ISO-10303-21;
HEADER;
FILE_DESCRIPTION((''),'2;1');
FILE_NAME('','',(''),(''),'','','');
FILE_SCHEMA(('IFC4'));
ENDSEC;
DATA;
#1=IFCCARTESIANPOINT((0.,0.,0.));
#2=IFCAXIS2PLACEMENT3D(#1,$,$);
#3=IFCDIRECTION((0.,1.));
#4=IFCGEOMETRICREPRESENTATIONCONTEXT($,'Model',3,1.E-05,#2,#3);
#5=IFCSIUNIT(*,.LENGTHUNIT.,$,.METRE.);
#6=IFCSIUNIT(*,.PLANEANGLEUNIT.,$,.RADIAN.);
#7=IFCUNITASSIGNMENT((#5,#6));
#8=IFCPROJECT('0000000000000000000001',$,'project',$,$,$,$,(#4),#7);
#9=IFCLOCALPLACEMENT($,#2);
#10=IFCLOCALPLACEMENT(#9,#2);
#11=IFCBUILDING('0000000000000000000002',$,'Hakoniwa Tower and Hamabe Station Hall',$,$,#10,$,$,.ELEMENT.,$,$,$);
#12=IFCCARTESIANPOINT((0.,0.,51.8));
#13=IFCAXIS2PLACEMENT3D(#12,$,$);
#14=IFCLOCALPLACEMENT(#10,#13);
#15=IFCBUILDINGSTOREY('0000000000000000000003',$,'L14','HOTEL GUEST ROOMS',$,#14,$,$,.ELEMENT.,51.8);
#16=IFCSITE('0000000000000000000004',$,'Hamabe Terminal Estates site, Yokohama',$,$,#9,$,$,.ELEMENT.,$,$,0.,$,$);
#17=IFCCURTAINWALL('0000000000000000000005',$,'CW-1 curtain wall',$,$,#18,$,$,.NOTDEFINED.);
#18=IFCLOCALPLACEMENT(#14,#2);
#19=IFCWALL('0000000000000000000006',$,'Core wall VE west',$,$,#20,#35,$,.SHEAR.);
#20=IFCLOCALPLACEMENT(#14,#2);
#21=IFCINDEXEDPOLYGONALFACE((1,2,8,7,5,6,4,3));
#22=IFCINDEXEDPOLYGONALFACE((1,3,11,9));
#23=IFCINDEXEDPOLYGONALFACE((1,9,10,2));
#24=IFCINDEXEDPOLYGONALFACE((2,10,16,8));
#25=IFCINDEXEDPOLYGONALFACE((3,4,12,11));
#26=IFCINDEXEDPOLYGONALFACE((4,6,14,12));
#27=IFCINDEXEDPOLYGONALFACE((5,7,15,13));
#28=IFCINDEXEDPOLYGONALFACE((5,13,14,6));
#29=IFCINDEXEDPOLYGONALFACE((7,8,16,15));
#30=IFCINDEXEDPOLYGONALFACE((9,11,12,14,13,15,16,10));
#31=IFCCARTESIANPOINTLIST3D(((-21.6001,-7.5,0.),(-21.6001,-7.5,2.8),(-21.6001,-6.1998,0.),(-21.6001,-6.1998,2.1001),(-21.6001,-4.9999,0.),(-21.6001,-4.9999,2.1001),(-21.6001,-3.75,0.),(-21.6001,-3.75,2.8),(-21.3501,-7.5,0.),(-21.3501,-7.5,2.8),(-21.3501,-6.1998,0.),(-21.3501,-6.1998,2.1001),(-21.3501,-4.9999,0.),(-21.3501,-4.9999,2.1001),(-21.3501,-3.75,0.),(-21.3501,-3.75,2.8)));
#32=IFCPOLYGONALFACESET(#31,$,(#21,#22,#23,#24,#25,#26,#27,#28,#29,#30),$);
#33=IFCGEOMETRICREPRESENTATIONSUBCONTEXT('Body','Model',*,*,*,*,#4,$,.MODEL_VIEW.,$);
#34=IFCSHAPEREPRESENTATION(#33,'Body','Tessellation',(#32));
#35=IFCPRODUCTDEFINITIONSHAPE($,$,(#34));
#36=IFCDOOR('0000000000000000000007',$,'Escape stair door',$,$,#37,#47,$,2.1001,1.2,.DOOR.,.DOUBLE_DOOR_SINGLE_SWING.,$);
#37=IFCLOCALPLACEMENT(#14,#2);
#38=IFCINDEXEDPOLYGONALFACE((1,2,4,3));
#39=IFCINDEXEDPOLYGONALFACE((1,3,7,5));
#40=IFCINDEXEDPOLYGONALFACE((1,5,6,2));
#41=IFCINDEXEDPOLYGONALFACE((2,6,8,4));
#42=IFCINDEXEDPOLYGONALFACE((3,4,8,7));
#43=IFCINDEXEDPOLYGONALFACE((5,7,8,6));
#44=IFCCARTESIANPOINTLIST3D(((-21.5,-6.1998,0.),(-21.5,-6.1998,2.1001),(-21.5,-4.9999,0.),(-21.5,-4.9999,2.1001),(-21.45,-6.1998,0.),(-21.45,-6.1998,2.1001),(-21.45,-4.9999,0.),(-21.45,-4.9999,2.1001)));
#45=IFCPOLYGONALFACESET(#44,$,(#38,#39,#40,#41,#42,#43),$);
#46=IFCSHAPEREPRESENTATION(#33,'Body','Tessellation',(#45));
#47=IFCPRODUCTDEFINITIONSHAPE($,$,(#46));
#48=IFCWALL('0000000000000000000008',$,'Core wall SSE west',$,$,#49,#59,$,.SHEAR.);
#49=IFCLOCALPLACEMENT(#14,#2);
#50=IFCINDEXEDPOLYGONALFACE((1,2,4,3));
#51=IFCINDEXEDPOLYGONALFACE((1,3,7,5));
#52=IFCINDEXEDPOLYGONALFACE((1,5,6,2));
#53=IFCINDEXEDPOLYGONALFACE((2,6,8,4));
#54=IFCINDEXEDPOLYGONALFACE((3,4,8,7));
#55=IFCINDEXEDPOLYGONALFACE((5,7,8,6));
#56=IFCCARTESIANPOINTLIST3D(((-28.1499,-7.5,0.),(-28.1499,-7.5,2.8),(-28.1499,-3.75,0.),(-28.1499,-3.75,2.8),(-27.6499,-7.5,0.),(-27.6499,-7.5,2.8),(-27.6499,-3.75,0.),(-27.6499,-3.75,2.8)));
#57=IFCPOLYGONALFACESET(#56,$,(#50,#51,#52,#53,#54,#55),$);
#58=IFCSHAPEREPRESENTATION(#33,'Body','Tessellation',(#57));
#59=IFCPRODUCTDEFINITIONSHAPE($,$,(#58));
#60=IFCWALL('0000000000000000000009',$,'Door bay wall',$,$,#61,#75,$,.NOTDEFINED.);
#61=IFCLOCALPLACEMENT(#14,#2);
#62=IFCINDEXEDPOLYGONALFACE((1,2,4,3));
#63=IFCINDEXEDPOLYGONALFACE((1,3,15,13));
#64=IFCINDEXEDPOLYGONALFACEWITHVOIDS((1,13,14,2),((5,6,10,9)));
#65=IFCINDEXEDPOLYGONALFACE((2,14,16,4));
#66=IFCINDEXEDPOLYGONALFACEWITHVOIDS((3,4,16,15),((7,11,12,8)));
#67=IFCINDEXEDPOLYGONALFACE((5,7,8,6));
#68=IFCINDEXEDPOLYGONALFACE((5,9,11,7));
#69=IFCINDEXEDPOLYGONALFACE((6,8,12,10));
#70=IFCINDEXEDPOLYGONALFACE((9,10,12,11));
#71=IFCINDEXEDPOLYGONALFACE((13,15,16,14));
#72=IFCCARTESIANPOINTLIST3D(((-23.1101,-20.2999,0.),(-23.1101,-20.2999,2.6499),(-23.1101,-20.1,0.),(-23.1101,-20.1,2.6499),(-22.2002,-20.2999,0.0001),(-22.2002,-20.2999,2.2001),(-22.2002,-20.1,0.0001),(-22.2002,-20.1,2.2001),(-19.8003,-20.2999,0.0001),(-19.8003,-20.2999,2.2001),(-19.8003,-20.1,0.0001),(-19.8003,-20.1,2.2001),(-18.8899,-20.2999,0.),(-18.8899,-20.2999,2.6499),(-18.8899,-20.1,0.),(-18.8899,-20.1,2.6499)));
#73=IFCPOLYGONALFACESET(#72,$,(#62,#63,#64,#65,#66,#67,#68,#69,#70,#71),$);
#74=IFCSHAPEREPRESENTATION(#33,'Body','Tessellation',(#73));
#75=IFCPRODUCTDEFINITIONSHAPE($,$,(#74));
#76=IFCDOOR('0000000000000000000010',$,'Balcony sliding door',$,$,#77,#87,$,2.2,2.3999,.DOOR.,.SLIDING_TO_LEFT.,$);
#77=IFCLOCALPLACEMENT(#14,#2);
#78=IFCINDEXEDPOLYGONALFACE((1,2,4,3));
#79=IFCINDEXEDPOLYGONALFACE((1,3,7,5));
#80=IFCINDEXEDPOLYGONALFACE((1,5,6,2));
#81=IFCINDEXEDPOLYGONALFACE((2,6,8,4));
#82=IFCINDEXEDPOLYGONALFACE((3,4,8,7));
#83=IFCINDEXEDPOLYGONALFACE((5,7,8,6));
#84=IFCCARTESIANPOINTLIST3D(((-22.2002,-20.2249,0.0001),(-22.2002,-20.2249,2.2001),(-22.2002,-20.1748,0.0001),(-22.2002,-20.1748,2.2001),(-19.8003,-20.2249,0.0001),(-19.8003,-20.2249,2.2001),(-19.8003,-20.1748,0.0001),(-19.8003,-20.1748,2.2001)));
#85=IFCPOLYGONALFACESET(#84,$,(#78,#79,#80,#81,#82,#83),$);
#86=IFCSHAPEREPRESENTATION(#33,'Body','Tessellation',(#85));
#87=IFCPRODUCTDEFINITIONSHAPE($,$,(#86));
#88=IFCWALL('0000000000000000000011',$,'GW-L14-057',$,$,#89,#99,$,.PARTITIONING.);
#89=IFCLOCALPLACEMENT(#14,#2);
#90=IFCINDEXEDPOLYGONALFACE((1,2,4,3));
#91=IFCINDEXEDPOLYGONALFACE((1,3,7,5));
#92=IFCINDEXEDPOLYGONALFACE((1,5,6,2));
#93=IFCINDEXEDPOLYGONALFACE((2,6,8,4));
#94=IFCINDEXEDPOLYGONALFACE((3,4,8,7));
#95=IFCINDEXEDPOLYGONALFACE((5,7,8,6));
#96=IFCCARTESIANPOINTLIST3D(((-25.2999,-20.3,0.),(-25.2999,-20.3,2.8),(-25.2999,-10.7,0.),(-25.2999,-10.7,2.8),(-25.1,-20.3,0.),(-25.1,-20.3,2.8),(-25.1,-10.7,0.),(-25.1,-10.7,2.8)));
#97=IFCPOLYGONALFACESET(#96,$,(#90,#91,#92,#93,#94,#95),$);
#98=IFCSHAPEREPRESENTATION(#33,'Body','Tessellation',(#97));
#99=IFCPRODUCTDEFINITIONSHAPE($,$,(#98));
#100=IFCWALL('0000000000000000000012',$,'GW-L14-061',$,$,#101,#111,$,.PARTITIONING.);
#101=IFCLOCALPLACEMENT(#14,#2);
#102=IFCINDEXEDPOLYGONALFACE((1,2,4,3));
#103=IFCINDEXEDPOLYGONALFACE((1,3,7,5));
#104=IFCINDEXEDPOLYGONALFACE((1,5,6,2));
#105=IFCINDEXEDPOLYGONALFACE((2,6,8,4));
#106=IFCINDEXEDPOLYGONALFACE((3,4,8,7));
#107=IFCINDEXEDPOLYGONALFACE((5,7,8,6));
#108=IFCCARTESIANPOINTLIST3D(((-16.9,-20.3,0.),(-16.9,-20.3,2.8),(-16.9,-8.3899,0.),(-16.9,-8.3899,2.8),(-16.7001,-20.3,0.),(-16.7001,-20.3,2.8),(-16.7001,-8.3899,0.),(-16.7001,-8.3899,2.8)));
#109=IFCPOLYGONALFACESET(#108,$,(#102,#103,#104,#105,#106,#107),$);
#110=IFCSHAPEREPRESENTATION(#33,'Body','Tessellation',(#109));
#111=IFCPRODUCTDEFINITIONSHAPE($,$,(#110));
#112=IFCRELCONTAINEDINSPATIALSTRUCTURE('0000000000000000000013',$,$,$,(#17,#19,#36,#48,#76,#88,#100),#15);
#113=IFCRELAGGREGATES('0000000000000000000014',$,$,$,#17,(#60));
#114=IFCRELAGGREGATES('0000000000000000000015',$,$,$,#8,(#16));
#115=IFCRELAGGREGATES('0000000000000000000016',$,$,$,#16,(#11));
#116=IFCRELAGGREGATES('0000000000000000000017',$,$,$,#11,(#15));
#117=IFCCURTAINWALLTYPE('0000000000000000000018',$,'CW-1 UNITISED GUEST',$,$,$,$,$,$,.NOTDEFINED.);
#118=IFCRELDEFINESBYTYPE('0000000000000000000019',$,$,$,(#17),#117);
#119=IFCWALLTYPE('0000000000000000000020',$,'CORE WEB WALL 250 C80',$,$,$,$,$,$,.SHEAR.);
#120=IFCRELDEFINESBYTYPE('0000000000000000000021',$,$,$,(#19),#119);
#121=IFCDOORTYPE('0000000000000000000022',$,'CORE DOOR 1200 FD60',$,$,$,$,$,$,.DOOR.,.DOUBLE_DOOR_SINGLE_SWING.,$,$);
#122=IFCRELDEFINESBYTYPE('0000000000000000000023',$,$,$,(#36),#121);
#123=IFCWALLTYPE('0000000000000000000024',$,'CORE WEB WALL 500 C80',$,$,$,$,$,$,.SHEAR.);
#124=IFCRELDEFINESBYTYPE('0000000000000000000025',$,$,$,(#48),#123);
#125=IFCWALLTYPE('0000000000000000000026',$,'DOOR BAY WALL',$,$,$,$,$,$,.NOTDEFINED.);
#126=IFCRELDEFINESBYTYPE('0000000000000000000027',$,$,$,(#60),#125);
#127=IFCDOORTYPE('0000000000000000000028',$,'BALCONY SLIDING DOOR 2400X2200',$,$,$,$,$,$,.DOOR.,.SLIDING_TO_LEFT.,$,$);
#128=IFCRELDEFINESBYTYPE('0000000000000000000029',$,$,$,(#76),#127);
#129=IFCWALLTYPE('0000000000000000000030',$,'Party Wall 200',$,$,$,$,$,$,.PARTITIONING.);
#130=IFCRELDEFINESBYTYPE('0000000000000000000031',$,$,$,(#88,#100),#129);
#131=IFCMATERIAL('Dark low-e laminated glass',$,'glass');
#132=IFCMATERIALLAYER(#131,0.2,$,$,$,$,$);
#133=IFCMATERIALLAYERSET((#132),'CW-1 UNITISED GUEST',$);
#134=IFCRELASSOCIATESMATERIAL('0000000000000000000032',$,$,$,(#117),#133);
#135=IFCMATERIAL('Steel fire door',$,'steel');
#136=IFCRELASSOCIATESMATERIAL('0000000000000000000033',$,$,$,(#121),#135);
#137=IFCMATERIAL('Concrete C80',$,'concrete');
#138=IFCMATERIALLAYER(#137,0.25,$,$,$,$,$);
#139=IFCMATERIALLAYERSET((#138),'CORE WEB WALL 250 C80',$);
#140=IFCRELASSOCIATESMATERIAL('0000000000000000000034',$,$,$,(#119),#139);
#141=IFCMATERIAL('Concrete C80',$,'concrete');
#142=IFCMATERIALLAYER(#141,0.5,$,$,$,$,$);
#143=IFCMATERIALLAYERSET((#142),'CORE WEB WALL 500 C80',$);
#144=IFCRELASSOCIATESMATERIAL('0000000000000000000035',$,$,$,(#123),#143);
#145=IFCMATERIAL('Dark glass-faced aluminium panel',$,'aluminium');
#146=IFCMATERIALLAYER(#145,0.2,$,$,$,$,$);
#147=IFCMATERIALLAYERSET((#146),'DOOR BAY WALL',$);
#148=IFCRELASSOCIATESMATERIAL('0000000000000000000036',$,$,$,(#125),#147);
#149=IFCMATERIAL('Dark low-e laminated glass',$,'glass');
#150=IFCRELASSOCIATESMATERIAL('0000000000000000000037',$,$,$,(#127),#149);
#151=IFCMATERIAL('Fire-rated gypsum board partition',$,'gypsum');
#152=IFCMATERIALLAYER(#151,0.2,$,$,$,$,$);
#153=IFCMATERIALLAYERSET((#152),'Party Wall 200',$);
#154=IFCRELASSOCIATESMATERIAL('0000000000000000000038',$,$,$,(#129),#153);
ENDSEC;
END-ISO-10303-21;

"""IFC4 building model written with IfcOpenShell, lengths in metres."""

from ifc_helpers import new_model, si_unit, direction, frame, frame_2d, origin, place, context, subcontext, project, spatial, rectangle, extrude, material, layer, layer_set, type_object, element, fill, aggregate, save


model = new_model("IFC4")

# Units and contexts
model_context = context("Model", 3, precision=1e-05, world=origin(), true_north=direction((0.0, 1.0)))
body_context = subcontext(model_context, "Body", "Model", "MODEL_VIEW")
ifc_project = project(units=[si_unit("LENGTHUNIT", "METRE"), si_unit("PLANEANGLEUNIT", "RADIAN")], contexts=[model_context])

# Site, building, storey
site_placement = place(None, origin())
site = spatial("IfcSite", under=ifc_project, at=site_placement, Name="Hamabe Terminal Estates site, Yokohama", CompositionType="ELEMENT", RefElevation=0.0)
building_placement = place(site_placement, origin())
building = spatial("IfcBuilding", under=site, at=building_placement, Name="Hakoniwa Tower and Hamabe Station Hall", CompositionType="ELEMENT")
storey_placement = place(building_placement, frame((0.0, 0.0, 51.8)))
storey = spatial("IfcBuildingStorey", under=building, at=storey_placement, Name="L14", Description="HOTEL GUEST ROOMS", CompositionType="ELEMENT", Elevation=51.8)

# Curtain wall
ifc_material_1 = material(Name="Dark low-e laminated glass", Category="glass")
ifc_layer_1 = layer(ifc_material_1, 0.2)
ifc_layer_set_1 = layer_set([ifc_layer_1], Name="CW-1 UNITISED GUEST")
curtain_wall_type = type_object("IfcCurtainWallType", Name="CW-1 UNITISED GUEST", PredefinedType="NOTDEFINED", material=ifc_layer_set_1)
curtain_wall_placement = place(storey_placement, origin())
curtain_wall = element("IfcCurtainWall", 1, at=curtain_wall_placement, inside=storey, type_object=curtain_wall_type, Name="CW-1 curtain wall", PredefinedType="NOTDEFINED")

# Shared definitions
ifc_material_2 = material(Name="Steel fire door", Category="steel")
door_type_1 = type_object("IfcDoorType", Name="CORE DOOR 1200 FD60", OperationType="DOUBLE_DOOR_SINGLE_SWING", PredefinedType="DOOR", material=ifc_material_2)

# Shared definitions
ifc_material_3 = material(Name="Concrete C80", Category="concrete")
ifc_layer_2 = layer(ifc_material_3, 0.25)
ifc_layer_set_2 = layer_set([ifc_layer_2], Name="CORE WEB WALL 250 C80")
wall_type_1 = type_object("IfcWallType", Name="CORE WEB WALL 250 C80", PredefinedType="SHEAR", material=ifc_layer_set_2)

# Wall, opening, door
wall_1_placement = place(storey_placement, frame((-21.4751, -7.5, 0.0), z_axis=(0.0, 0.0, 1.0), x_axis=(0.0, 1.0, 0.0)))
wall_1 = element("IfcWall", 2, at=wall_1_placement, inside=storey, type_object=wall_type_1, Name="Core wall VE west", PredefinedType="SHEAR", context=body_context, shape_type="SweptSolid", body=[
    extrude(rectangle(XDim=3.75, YDim=0.25, at=frame_2d((1.875, 0.0))), origin(), (0.0, 0.0, 1.0), 2.8),
])
opening_1_placement = place(wall_1_placement, frame((1.3, 0.0, 0.0)))
opening_1 = element("IfcOpeningElement", 3, at=opening_1_placement, cuts=wall_1, PredefinedType="OPENING", context=body_context, shape_type="SweptSolid", body=[
    extrude(rectangle(XDim=1.2, YDim=2.1001, at=frame_2d((0.6001, 1.05))), frame((0.0, 0.135, 0.0), z_axis=(0.0, -1.0, 0.0), x_axis=(1.0, 0.0, 0.0)), (0.0, 0.0, 1.0), 0.27),
])
door_1_placement = place(opening_1_placement, origin())
door_1 = element("IfcDoor", 4, at=door_1_placement, inside=storey, type_object=door_type_1, Name="Escape stair door", OperationType="DOUBLE_DOOR_SINGLE_SWING", OverallHeight=2.1001, OverallWidth=1.2, PredefinedType="DOOR", context=body_context, shape_type="SweptSolid", body=[
    extrude(rectangle(XDim=1.2, YDim=2.1001, at=frame_2d((0.6001, 1.05))), frame((0.0, 0.0249, 0.0), z_axis=(0.0, -1.0, 0.0), x_axis=(1.0, 0.0, 0.0)), (0.0, 0.0, 1.0), 0.05),
])
fill(opening_1, door_1)

# Wall
ifc_material_4 = material(Name="Concrete C80", Category="concrete")
ifc_layer_3 = layer(ifc_material_4, 0.5)
ifc_layer_set_3 = layer_set([ifc_layer_3], Name="CORE WEB WALL 500 C80")
wall_type_2 = type_object("IfcWallType", Name="CORE WEB WALL 500 C80", PredefinedType="SHEAR", material=ifc_layer_set_3)
wall_2_placement = place(storey_placement, frame((-27.8999, -7.5, 0.0), z_axis=(0.0, 0.0, 1.0), x_axis=(0.0, 1.0, 0.0)))
element("IfcWall", 5, at=wall_2_placement, inside=storey, type_object=wall_type_2, Name="Core wall SSE west", PredefinedType="SHEAR", context=body_context, shape_type="SweptSolid", body=[
    extrude(rectangle(XDim=3.75, YDim=0.5, at=frame_2d((1.875, 0.0))), origin(), (0.0, 0.0, 1.0), 2.8),
])

# Wall, opening, door
ifc_material_5 = material(Name="Dark glass-faced aluminium panel", Category="aluminium")
ifc_layer_4 = layer(ifc_material_5, 0.2)
ifc_layer_set_4 = layer_set([ifc_layer_4], Name="DOOR BAY WALL")
wall_type_3 = type_object("IfcWallType", Name="DOOR BAY WALL", PredefinedType="NOTDEFINED", material=ifc_layer_set_4)
wall_3_placement = place(storey_placement, frame((-23.1101, -20.2, 0.0), z_axis=(0.0, 0.0, 1.0), x_axis=(1.0, 0.0, 0.0)))
wall_3 = element("IfcWall", 6, at=wall_3_placement, type_object=wall_type_3, Name="Door bay wall", PredefinedType="NOTDEFINED", context=body_context, shape_type="SweptSolid", body=[
    extrude(rectangle(XDim=4.2202, YDim=0.2, at=frame_2d((2.1101, 0.0))), origin(), (0.0, 0.0, 1.0), 2.6499),
])
opening_2_placement = place(wall_3_placement, frame((0.9099, 0.0, 0.0)))
opening_2 = element("IfcOpeningElement", 7, at=opening_2_placement, cuts=wall_3, PredefinedType="OPENING", context=body_context, shape_type="SweptSolid", body=[
    extrude(rectangle(XDim=2.3999, YDim=2.2, at=frame_2d((1.2, 1.1001))), frame((0.0, 0.1099, 0.0), z_axis=(0.0, -1.0, 0.0), x_axis=(1.0, 0.0, 0.0)), (0.0, 0.0, 1.0), 0.22),
])
ifc_material_6 = material(Name="Dark low-e laminated glass", Category="glass")
door_type_2 = type_object("IfcDoorType", Name="BALCONY SLIDING DOOR 2400X2200", OperationType="SLIDING_TO_LEFT", PredefinedType="DOOR", material=ifc_material_6)
door_2_placement = place(opening_2_placement, frame((2.3999, 0.0, 0.0), z_axis=(0.0, 0.0, 1.0), x_axis=(-1.0, 0.0, 0.0)))
door_2 = element("IfcDoor", 8, at=door_2_placement, inside=storey, type_object=door_type_2, Name="Balcony sliding door", OperationType="SLIDING_TO_LEFT", OverallHeight=2.2, OverallWidth=2.3999, PredefinedType="DOOR", context=body_context, shape_type="SweptSolid", body=[
    extrude(rectangle(XDim=2.3999, YDim=2.2, at=frame_2d((1.2, 1.1001))), frame((0.0, 0.0249, 0.0), z_axis=(0.0, -1.0, 0.0), x_axis=(1.0, 0.0, 0.0)), (0.0, 0.0, 1.0), 0.05),
])
fill(opening_2, door_2)
aggregate(curtain_wall, [wall_3])

# Walls
ifc_material_7 = material(Name="Fire-rated gypsum board partition", Category="gypsum")
ifc_layer_5 = layer(ifc_material_7, 0.2)
ifc_layer_set_5 = layer_set([ifc_layer_5], Name="Party Wall 200")
wall_type_4 = type_object("IfcWallType", Name="Party Wall 200", PredefinedType="PARTITIONING", material=ifc_layer_set_5)
wall_4_placement = place(storey_placement, frame((-25.2, -20.3, 0.0), z_axis=(0.0, 0.0, 1.0), x_axis=(0.0, 1.0, 0.0)))
element("IfcWall", 9, at=wall_4_placement, inside=storey, type_object=wall_type_4, Name="GW-L14-057", PredefinedType="PARTITIONING", context=body_context, shape_type="SweptSolid", body=[
    extrude(rectangle(XDim=9.6001, YDim=0.2, at=frame_2d((4.8, 0.0))), origin(), (0.0, 0.0, 1.0), 2.8),
])
wall_5_placement = place(storey_placement, frame((-16.8, -20.3, 0.0), z_axis=(0.0, 0.0, 1.0), x_axis=(0.0, 1.0, 0.0)))
element("IfcWall", 10, at=wall_5_placement, inside=storey, type_object=wall_type_4, Name="GW-L14-061", PredefinedType="PARTITIONING", context=body_context, shape_type="SweptSolid", body=[
    extrude(rectangle(XDim=11.9102, YDim=0.2, at=frame_2d((5.9551, 0.0))), origin(), (0.0, 0.0, 1.0), 2.8),
])

save(model, "model.ifc")
